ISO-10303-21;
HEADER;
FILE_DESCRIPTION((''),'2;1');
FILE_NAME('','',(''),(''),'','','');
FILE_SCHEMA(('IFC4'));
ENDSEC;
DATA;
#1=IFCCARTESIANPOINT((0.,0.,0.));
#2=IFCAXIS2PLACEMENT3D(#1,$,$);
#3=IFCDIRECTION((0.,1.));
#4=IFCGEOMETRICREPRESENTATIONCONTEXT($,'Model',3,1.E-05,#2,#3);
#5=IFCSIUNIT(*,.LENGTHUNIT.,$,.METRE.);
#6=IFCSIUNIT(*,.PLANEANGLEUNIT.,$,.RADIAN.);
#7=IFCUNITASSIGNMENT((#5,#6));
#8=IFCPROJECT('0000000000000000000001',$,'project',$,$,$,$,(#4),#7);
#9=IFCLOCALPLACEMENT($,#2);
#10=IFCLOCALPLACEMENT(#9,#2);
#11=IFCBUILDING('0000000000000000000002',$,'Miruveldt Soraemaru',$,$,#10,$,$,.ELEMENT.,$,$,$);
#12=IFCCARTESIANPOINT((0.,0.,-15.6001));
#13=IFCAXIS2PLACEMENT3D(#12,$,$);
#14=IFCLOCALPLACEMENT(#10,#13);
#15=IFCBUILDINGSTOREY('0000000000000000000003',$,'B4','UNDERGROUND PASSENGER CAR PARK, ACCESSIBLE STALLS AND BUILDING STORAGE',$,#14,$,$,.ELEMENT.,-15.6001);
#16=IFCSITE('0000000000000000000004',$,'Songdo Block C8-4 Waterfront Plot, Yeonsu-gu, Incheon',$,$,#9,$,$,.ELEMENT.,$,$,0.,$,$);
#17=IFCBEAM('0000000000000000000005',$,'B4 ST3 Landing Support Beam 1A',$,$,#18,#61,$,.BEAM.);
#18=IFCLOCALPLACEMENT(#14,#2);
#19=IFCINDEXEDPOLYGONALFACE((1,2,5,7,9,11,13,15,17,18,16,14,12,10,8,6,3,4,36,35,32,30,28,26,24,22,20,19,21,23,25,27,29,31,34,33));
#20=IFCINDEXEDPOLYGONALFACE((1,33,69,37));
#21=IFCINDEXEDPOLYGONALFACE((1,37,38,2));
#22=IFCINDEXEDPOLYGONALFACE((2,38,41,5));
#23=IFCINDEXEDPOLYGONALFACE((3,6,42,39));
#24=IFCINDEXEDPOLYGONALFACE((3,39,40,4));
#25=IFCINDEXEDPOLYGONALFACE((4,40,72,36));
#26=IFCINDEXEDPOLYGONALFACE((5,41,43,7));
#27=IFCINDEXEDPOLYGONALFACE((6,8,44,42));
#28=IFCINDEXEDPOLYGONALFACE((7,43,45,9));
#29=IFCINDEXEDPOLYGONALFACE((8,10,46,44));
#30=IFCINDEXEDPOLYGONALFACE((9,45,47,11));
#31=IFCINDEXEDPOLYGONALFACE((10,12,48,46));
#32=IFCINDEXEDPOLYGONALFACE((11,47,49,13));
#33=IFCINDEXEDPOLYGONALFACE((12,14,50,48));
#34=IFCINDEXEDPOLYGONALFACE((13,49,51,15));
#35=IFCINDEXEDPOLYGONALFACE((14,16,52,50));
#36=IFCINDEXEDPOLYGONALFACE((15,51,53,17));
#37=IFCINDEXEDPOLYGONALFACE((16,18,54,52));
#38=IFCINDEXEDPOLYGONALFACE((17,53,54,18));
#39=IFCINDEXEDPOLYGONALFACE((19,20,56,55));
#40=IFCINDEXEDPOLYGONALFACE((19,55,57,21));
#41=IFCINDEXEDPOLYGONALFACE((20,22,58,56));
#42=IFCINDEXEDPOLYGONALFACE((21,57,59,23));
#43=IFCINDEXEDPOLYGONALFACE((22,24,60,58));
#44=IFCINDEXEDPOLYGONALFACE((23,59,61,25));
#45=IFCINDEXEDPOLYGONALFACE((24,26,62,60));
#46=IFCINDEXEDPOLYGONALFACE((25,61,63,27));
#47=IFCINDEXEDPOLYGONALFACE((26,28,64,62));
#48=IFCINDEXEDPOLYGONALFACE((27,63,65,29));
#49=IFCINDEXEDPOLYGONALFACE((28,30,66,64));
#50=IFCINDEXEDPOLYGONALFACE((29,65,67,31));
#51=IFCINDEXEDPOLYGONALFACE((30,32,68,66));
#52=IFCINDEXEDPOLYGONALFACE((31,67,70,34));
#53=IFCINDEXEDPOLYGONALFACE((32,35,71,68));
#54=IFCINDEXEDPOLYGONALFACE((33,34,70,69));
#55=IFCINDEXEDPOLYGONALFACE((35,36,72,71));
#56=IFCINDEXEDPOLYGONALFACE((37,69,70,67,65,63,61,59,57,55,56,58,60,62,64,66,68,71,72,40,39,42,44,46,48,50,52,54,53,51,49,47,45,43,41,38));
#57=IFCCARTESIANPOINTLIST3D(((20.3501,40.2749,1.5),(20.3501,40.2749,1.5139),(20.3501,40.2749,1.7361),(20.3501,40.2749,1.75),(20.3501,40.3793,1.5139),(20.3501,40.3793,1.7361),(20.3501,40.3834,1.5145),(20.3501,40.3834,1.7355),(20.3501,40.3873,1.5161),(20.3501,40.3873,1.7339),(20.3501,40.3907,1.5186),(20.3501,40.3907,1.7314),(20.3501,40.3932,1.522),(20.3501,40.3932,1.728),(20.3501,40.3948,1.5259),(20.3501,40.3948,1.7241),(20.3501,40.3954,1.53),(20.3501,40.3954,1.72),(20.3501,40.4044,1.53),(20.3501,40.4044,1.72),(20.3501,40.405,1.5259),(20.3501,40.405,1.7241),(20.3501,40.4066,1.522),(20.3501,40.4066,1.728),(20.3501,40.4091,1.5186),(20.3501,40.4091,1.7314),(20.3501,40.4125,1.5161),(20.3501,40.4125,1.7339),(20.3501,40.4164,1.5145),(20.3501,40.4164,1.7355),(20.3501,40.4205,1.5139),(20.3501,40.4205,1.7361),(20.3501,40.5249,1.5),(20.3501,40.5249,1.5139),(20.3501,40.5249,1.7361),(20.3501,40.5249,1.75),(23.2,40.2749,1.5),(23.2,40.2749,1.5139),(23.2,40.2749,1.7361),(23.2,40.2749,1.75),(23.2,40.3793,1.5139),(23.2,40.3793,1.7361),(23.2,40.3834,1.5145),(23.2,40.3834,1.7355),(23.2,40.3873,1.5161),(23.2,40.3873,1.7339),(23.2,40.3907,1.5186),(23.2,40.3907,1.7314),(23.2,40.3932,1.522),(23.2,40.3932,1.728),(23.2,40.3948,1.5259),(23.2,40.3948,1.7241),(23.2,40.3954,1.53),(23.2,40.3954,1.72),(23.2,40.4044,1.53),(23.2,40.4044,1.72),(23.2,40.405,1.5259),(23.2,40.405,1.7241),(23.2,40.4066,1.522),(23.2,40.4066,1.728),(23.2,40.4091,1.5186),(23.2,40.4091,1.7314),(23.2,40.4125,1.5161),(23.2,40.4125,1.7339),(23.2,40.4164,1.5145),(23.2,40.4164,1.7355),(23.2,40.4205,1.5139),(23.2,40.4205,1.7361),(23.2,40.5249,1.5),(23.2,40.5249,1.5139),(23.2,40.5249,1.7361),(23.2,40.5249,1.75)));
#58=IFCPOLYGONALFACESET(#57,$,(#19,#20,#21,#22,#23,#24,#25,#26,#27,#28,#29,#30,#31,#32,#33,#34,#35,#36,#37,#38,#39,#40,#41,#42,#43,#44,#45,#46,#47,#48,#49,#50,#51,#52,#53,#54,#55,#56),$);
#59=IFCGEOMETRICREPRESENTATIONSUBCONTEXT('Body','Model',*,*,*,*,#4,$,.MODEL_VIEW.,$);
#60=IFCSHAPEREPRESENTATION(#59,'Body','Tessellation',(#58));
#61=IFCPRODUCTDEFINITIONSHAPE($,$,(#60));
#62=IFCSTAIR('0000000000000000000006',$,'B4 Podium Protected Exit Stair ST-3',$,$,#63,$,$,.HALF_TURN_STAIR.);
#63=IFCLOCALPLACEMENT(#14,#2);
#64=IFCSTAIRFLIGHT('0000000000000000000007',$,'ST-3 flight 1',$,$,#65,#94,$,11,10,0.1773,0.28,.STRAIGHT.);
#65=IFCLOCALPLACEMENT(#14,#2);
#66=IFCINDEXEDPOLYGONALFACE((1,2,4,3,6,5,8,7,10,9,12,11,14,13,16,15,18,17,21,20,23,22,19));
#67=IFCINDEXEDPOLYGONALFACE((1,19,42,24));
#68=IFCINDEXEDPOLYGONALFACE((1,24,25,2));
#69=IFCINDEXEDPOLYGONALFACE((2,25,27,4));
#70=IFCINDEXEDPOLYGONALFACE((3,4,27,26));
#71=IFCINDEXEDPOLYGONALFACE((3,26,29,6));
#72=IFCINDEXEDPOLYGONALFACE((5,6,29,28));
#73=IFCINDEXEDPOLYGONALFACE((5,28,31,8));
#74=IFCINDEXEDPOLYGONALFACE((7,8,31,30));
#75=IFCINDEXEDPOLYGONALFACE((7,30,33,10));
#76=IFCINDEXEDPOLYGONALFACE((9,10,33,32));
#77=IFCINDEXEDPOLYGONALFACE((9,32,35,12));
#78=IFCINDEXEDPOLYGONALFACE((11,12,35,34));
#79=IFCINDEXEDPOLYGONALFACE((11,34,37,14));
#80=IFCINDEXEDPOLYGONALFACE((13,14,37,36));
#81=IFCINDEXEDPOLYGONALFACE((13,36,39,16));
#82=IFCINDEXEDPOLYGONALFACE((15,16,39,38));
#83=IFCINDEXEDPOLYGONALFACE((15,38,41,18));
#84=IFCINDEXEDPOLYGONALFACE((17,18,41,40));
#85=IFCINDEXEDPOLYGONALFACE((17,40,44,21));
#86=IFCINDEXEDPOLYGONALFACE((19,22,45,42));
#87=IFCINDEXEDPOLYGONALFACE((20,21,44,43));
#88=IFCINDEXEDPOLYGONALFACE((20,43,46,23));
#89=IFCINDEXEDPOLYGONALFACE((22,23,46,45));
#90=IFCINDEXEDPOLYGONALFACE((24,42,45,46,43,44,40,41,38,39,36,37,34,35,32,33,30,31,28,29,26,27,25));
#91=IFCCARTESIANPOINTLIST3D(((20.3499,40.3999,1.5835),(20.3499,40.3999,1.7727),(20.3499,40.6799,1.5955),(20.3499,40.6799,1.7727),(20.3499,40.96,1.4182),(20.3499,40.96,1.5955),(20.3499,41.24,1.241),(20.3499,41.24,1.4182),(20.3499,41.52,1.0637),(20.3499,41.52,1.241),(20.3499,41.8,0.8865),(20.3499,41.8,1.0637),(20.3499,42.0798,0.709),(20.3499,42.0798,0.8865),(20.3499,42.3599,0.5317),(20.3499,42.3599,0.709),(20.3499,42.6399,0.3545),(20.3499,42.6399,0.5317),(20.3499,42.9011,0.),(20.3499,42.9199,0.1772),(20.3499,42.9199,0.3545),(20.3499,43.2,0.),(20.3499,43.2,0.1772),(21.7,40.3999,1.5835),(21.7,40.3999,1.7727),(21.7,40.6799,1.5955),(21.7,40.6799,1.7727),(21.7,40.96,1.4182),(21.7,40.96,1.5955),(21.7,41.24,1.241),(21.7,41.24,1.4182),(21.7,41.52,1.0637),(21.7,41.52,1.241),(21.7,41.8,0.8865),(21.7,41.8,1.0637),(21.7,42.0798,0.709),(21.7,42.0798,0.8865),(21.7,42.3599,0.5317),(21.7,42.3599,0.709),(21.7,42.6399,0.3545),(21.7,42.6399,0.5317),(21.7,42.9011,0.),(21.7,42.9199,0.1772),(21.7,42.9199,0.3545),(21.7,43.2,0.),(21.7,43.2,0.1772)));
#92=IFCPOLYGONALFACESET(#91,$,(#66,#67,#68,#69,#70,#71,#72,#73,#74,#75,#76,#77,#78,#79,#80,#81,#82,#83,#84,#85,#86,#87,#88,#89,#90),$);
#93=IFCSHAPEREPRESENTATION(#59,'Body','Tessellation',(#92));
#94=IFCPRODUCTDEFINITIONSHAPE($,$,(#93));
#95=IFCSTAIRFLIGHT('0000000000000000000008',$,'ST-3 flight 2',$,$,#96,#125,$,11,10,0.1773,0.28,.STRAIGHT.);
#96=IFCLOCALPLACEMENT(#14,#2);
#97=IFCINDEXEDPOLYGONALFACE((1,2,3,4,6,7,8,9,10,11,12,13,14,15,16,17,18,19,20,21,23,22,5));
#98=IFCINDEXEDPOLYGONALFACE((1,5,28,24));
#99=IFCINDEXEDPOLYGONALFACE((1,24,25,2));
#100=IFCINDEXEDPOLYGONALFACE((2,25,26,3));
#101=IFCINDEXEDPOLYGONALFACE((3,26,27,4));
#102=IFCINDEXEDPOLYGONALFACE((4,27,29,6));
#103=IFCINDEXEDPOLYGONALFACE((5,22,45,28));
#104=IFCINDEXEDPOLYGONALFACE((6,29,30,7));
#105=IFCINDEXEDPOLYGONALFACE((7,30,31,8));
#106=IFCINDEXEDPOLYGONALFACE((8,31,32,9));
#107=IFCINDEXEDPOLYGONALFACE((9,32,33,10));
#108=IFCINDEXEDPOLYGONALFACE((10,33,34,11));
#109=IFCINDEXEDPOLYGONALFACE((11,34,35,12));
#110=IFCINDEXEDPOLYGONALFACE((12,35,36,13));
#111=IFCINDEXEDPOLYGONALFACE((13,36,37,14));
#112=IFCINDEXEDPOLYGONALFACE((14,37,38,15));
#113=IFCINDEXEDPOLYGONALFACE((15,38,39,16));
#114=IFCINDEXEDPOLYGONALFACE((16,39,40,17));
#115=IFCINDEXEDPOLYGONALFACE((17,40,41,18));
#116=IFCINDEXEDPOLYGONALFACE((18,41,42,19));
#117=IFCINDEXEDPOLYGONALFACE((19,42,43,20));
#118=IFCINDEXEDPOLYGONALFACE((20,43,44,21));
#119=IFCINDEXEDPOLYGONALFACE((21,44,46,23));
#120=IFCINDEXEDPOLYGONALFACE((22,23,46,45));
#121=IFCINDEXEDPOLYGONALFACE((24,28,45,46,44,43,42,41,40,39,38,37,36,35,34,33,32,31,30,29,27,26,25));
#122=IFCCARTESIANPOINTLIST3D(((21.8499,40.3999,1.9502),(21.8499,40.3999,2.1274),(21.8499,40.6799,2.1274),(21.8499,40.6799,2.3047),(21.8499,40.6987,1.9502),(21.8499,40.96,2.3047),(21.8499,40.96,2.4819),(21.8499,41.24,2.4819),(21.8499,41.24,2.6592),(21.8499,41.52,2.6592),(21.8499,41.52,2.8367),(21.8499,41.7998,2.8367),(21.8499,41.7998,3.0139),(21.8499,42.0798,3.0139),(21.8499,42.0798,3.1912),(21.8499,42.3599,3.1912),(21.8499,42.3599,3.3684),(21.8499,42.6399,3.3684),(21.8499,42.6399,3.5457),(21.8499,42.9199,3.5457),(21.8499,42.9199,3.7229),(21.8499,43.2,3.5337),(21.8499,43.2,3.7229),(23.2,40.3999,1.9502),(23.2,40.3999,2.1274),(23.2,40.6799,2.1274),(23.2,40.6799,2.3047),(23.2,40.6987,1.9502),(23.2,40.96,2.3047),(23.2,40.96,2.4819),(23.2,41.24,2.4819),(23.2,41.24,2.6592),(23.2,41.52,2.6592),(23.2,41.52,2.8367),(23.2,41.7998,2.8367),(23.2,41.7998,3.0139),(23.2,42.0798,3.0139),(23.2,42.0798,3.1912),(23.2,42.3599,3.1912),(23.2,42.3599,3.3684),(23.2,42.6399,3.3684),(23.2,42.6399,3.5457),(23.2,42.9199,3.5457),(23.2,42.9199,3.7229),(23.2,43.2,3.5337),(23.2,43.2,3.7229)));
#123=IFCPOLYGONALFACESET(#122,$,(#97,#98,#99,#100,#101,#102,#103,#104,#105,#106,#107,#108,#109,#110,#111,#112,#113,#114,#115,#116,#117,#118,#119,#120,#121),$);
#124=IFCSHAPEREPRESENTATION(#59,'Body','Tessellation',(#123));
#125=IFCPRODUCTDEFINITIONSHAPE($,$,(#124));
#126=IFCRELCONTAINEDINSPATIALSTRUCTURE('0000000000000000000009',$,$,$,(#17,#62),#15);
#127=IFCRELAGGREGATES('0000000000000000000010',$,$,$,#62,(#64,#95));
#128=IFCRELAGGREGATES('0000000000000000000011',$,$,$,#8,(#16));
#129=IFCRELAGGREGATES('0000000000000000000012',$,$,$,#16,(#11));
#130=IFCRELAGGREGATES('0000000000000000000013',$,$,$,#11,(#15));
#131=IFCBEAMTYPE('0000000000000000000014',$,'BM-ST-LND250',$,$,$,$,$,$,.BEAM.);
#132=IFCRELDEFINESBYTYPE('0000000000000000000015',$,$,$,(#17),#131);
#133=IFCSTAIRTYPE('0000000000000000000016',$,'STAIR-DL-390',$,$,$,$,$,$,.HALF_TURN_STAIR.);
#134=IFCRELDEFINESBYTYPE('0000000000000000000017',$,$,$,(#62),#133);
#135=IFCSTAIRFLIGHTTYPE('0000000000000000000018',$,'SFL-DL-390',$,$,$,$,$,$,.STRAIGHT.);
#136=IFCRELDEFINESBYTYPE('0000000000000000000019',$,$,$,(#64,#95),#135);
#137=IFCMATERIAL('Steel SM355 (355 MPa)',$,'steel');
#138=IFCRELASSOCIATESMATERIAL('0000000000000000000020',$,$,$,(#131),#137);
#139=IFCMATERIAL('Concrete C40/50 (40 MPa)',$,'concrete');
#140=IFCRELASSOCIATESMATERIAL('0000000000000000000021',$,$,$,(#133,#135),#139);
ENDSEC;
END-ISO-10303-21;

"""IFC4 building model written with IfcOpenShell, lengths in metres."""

from ifc_helpers import new_model, si_unit, direction, frame, origin, origin_2d, place, context, subcontext, project, spatial, polyline, i_section, outline, extrude, material, material_profile, profile_set, type_object, element, aggregate, save


model = new_model("IFC4")

# Units and contexts
model_context = context("Model", 3, precision=1e-05, world=origin(), true_north=direction((0.0, 1.0)))
body_context = subcontext(model_context, "Body", "Model", "MODEL_VIEW")
ifc_project = project(units=[si_unit("LENGTHUNIT", "METRE"), si_unit("PLANEANGLEUNIT", "RADIAN")], contexts=[model_context])

# Site, building, storey
site_placement = place(None, origin())
site = spatial("IfcSite", under=ifc_project, at=site_placement, Name="Songdo Block C8-4 Waterfront Plot, Yeonsu-gu, Incheon", CompositionType="ELEMENT", RefElevation=0.0)
building_placement = place(site_placement, origin())
building = spatial("IfcBuilding", under=site, at=building_placement, Name="Miruveldt Soraemaru", CompositionType="ELEMENT")
storey_placement = place(building_placement, frame((0.0, 0.0, -15.6001)))
storey = spatial("IfcBuildingStorey", under=building, at=storey_placement, Name="B4", Description="UNDERGROUND PASSENGER CAR PARK, ACCESSIBLE STALLS AND BUILDING STORAGE", CompositionType="ELEMENT", Elevation=-15.6001)

# Beam
ifc_material_1 = material(Name="Concrete C40/50 (40 MPa)", Category="concrete")
ifc_material_2 = material(Name="Steel SM355 (355 MPa)", Category="steel")
ifc_material_profile_1 = material_profile(ifc_material_2, i_section(OverallWidth=0.25, OverallDepth=0.25, WebThickness=0.009, FlangeThickness=0.0139, FilletRadius=0.0161, at=origin_2d()), Name="Steel SM355 (355 MPa)", Category="steel")
ifc_profile_set_1 = profile_set([ifc_material_profile_1], Name="Steel SM355 (355 MPa)")
beam_type_1 = type_object("IfcBeamType", Name="BM-ST-LND250", PredefinedType="BEAM", material=ifc_profile_set_1)
beam_1_placement = place(storey_placement, frame((20.3501, 40.3999, 1.625), z_axis=(1.0, 0.0, 0.0), x_axis=(0.0, 1.0, 0.0)))
element("IfcBeam", 1, at=beam_1_placement, inside=storey, type_object=beam_type_1, Name="B4 ST3 Landing Support Beam 1A", PredefinedType="BEAM", context=body_context, shape_type="SweptSolid", body=[
    extrude(i_section(OverallWidth=0.25, OverallDepth=0.25, WebThickness=0.009, FlangeThickness=0.0139, FilletRadius=0.0161, at=origin_2d()), origin(), (0.0, 0.0, 1.0), 2.8499),
])

# Stair, stair flights
stair_type = type_object("IfcStairType", Name="STAIR-DL-390", PredefinedType="HALF_TURN_STAIR", material=ifc_material_1)
stair_placement = place(storey_placement, origin())
stair = element("IfcStair", 2, at=stair_placement, inside=storey, type_object=stair_type, Name="B4 Podium Protected Exit Stair ST-3", PredefinedType="HALF_TURN_STAIR")
stair_flight_type = type_object("IfcStairFlightType", Name="SFL-DL-390", PredefinedType="STRAIGHT", material=ifc_material_1)
stair_flight_1_placement = place(storey_placement, frame((21.0249, 43.2, 0.0), z_axis=(0.0, 0.0, 1.0), x_axis=(0.0, -1.0, 0.0)))
stair_flight_1 = element("IfcStairFlight", 3, at=stair_flight_1_placement, type_object=stair_flight_type, Name="ST-3 flight 1", NumberOfRisers=11, NumberOfTreads=10, PredefinedType="STRAIGHT", RiserHeight=0.1773, TreadLength=0.28, context=body_context, shape_type="SweptSolid", body=[
    extrude(outline(polyline([(0.0, 0.0), (0.0, 0.1772), (0.28, 0.1772), (0.28, 0.3545), (0.5601, 0.3545), (0.5601, 0.5317), (0.8401, 0.5317), (0.8401, 0.709), (1.1201, 0.709), (1.1201, 0.8865), (1.3999, 0.8865), (1.3999, 1.0637), (1.6799, 1.0637), (1.6799, 1.241), (1.96, 1.241), (1.96, 1.4182), (2.24, 1.4182), (2.24, 1.5955), (2.52, 1.5955), (2.52, 1.7727), (2.8, 1.7727), (2.8, 1.95), (2.8, 1.5835), (0.2988, 0.0), (0.0, 0.0)])), frame((0.0, 0.675, 0.0), z_axis=(0.0, -1.0, 0.0), x_axis=(1.0, 0.0, 0.0)), (0.0, 0.0, 1.0), 1.3501),
])
stair_flight_2_placement = place(storey_placement, frame((22.5249, 40.3999, 1.9502), z_axis=(0.0, 0.0, 1.0), x_axis=(0.0, 1.0, 0.0)))
stair_flight_2 = element("IfcStairFlight", 4, at=stair_flight_2_placement, type_object=stair_flight_type, Name="ST-3 flight 2", NumberOfRisers=11, NumberOfTreads=10, PredefinedType="STRAIGHT", RiserHeight=0.1773, TreadLength=0.28, context=body_context, shape_type="SweptSolid", body=[
    extrude(outline(polyline([(0.0, 0.0), (0.0, 0.1772), (0.28, 0.1772), (0.28, 0.3545), (0.5601, 0.3545), (0.5601, 0.5317), (0.8401, 0.5317), (0.8401, 0.709), (1.1201, 0.709), (1.1201, 0.8865), (1.3999, 0.8865), (1.3999, 1.0637), (1.6799, 1.0637), (1.6799, 1.241), (1.96, 1.241), (1.96, 1.4182), (2.24, 1.4182), (2.24, 1.5955), (2.52, 1.5955), (2.52, 1.7727), (2.8, 1.7727), (2.8, 1.95), (2.8, 1.5835), (0.2988, 0.0), (0.0, 0.0)])), frame((0.0, 0.675, 0.0), z_axis=(0.0, -1.0, 0.0), x_axis=(1.0, 0.0, 0.0)), (0.0, 0.0, 1.0), 1.3501),
])
aggregate(stair, [stair_flight_1, stair_flight_2])

save(model, "model.ifc")
